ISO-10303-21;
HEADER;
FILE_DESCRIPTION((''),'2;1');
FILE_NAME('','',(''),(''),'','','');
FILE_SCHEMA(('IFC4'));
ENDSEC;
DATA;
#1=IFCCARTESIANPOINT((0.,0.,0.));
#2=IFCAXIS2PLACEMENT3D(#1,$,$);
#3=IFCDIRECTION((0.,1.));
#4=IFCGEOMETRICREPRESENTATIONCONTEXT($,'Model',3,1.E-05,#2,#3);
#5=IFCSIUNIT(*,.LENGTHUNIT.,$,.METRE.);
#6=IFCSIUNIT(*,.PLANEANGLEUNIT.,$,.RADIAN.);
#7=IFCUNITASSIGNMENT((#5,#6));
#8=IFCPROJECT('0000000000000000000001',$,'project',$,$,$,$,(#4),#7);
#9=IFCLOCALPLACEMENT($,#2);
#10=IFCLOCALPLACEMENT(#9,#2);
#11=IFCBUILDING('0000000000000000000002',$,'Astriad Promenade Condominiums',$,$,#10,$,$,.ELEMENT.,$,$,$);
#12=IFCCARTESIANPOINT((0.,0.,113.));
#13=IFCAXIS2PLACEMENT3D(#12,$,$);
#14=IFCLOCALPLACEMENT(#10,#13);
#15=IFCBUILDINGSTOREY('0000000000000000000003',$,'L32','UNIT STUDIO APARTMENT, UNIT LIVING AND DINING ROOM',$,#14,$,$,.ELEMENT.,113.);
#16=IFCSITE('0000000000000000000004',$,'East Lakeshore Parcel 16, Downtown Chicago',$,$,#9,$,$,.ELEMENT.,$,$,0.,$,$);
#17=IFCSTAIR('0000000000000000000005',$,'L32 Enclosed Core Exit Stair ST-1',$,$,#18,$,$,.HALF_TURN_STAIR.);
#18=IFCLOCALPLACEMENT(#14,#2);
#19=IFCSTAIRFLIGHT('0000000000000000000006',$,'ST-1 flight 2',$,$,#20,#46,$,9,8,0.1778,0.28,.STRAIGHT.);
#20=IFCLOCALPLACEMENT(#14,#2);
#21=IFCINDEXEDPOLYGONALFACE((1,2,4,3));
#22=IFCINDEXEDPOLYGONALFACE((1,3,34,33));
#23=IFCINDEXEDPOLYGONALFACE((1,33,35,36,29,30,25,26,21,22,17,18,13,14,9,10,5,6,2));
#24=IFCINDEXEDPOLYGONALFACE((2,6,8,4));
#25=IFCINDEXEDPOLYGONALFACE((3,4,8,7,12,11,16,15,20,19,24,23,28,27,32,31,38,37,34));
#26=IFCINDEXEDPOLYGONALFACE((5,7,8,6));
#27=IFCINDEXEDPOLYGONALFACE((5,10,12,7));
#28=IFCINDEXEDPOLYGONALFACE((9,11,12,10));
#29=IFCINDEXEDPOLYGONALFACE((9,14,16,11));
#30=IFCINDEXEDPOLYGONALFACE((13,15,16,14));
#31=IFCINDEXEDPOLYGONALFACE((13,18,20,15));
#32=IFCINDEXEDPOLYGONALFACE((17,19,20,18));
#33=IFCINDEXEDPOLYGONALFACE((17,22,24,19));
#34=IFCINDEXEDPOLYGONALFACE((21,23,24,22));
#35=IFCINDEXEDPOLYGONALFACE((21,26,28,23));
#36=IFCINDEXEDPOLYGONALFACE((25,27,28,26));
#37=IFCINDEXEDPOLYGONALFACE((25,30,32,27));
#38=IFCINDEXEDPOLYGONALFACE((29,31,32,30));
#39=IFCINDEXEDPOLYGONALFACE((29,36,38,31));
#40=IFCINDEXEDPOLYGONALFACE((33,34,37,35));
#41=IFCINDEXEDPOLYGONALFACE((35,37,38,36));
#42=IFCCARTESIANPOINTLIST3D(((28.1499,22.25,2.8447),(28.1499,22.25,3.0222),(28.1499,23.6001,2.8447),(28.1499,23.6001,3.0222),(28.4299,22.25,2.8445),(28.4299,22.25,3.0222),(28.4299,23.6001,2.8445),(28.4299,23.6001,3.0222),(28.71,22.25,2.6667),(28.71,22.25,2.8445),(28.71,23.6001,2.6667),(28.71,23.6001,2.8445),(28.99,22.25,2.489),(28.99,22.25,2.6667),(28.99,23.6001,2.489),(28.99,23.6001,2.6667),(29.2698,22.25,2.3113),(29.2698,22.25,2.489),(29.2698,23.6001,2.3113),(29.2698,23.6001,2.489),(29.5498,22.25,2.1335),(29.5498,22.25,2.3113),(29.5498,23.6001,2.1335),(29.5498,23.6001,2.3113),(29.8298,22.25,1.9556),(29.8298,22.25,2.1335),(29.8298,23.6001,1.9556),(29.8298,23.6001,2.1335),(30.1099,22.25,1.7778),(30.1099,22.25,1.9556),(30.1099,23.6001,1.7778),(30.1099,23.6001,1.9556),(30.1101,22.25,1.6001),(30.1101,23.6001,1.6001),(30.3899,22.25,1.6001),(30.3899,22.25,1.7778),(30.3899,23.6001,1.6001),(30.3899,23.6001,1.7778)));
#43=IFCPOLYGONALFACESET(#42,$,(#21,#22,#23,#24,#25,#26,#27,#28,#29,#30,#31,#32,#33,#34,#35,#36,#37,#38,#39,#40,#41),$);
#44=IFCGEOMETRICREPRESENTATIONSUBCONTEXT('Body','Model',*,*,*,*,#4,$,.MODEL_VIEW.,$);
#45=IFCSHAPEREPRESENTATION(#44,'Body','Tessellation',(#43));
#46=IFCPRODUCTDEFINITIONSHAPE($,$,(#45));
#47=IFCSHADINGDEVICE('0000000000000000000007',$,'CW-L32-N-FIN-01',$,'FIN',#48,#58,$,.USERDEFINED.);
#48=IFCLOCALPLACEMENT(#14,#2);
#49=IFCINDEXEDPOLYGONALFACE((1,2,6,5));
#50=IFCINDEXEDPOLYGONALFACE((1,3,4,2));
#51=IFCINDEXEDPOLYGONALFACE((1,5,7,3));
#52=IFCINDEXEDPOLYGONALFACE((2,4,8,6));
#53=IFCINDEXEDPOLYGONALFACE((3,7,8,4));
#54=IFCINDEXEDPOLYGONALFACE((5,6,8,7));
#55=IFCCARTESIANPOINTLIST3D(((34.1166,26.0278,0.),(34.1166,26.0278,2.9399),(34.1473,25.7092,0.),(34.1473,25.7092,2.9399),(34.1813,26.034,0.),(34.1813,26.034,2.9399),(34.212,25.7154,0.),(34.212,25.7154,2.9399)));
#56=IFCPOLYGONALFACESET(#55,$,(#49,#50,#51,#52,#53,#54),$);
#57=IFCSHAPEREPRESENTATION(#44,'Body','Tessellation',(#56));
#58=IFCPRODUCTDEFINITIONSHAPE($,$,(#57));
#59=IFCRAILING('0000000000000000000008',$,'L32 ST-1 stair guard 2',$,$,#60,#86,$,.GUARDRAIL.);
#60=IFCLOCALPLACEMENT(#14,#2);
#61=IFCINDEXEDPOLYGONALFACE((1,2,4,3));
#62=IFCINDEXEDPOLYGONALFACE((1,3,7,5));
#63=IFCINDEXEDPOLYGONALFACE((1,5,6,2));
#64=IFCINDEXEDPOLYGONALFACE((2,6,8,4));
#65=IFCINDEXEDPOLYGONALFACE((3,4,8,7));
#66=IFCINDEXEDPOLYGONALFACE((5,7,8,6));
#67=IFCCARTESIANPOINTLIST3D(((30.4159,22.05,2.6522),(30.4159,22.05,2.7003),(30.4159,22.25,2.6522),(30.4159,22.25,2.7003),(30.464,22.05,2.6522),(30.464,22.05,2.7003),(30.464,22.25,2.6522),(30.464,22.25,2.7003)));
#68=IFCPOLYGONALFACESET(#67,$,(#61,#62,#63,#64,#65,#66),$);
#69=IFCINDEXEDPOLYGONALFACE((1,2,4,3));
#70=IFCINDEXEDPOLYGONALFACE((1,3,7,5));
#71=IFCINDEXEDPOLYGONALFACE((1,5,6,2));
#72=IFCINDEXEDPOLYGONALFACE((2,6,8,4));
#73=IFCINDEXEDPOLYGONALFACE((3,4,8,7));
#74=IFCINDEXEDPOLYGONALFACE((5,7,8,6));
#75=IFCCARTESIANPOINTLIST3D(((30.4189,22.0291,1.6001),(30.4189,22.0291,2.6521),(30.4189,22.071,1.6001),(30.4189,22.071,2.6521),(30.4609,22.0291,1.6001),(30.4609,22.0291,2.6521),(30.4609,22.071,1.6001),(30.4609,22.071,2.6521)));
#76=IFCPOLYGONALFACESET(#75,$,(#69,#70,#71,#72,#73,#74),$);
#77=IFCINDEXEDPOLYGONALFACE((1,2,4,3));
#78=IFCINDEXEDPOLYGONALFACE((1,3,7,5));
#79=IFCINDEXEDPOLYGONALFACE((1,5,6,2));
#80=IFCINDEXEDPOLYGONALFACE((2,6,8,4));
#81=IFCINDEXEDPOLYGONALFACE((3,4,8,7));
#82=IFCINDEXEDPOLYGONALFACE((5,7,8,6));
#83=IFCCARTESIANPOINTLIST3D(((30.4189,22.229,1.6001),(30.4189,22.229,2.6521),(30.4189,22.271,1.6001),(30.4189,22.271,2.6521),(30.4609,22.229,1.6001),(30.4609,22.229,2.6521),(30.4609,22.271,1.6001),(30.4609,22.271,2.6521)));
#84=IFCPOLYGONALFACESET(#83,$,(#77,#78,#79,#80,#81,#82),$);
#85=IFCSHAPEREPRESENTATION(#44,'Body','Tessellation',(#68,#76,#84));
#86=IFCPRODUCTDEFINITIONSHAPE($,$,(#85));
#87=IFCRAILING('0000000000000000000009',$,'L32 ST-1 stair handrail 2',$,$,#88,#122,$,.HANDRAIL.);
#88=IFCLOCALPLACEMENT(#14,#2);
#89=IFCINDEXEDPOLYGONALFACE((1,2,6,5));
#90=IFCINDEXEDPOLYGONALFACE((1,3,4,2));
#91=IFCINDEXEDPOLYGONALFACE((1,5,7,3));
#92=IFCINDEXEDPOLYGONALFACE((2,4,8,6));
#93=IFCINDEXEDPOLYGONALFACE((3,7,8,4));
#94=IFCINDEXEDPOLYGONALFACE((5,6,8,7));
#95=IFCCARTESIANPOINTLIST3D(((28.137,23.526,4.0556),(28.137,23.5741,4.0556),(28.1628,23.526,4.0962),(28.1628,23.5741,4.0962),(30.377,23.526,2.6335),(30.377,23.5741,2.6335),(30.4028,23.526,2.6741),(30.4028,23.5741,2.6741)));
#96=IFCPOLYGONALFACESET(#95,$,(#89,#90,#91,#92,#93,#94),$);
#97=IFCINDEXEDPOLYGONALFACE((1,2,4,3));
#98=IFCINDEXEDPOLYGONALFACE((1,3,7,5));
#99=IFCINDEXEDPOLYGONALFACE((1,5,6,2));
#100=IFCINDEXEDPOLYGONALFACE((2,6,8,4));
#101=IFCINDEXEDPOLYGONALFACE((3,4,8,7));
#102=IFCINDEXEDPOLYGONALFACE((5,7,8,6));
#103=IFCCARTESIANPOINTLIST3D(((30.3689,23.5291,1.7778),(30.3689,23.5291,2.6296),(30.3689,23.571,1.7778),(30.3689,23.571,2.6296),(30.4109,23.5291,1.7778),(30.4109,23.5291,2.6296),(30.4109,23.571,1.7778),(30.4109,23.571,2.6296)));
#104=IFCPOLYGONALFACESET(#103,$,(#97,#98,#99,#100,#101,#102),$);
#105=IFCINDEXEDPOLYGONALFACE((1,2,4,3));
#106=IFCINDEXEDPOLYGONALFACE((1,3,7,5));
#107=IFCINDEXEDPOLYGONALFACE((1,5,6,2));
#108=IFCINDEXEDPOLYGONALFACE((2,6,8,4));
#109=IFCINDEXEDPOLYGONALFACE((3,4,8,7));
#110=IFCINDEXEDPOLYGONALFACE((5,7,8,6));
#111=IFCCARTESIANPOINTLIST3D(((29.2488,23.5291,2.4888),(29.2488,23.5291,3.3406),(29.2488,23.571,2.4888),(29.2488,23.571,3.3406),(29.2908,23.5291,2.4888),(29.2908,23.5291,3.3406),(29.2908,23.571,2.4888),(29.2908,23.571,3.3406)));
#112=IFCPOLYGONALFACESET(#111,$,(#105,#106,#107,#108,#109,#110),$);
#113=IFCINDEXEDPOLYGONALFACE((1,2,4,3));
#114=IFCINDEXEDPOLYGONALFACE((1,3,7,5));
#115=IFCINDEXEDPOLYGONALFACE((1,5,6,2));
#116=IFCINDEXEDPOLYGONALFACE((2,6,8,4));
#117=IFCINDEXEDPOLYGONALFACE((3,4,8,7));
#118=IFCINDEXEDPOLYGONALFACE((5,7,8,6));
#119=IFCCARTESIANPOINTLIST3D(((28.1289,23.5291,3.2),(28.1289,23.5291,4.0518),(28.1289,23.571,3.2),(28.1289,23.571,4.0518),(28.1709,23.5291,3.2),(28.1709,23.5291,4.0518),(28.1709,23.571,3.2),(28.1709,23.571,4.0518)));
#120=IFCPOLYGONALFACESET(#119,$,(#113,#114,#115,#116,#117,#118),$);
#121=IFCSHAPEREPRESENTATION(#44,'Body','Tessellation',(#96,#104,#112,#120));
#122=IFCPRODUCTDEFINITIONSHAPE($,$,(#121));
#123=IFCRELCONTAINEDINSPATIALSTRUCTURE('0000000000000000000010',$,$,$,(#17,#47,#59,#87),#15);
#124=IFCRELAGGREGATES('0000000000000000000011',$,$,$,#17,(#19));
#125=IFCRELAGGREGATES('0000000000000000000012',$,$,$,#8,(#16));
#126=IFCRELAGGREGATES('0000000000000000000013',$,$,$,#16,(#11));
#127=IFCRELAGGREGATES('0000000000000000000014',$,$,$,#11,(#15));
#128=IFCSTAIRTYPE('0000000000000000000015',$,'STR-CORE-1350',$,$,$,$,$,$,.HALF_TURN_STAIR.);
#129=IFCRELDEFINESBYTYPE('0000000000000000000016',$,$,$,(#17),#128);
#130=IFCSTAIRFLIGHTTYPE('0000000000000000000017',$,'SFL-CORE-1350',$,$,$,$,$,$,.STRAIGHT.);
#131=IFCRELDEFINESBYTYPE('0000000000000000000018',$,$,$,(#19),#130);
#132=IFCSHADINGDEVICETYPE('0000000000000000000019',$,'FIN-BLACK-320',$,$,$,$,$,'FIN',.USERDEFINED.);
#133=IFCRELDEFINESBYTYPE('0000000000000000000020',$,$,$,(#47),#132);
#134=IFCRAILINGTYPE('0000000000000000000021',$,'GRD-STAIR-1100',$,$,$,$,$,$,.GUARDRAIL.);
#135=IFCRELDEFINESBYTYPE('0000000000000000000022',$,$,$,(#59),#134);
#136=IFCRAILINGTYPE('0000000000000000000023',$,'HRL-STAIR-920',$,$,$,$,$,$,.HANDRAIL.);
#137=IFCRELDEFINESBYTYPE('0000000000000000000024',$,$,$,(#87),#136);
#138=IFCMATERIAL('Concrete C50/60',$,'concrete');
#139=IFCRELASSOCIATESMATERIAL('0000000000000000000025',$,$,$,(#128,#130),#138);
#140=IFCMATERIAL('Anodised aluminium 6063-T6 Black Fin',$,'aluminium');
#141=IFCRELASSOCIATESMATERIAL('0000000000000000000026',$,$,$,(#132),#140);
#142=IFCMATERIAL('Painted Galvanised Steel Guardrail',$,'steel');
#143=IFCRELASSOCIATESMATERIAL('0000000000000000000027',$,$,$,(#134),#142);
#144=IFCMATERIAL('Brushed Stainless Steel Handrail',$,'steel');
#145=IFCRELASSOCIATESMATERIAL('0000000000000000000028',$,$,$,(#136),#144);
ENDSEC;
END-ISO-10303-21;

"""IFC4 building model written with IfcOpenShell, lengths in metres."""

from ifc_helpers import new_model, si_unit, direction, frame, origin, origin_2d, place, context, subcontext, project, spatial, polyline, rectangle, outline, extrude, source, transform, mapped, material, type_object, type_shapes, element, aggregate, save


model = new_model("IFC4")

# Units and contexts
model_context = context("Model", 3, precision=1e-05, world=origin(), true_north=direction((0.0, 1.0)))
body_context = subcontext(model_context, "Body", "Model", "MODEL_VIEW")
ifc_project = project(units=[si_unit("LENGTHUNIT", "METRE"), si_unit("PLANEANGLEUNIT", "RADIAN")], contexts=[model_context])

# Site, building, storey
site_placement = place(None, origin())
site = spatial("IfcSite", under=ifc_project, at=site_placement, Name="East Lakeshore Parcel 16, Downtown Chicago", CompositionType="ELEMENT", RefElevation=0.0)
building_placement = place(site_placement, origin())
building = spatial("IfcBuilding", under=site, at=building_placement, Name="Astriad Promenade Condominiums", CompositionType="ELEMENT")
storey_placement = place(building_placement, frame((0.0, 0.0, 113.0)))
storey = spatial("IfcBuildingStorey", under=building, at=storey_placement, Name="L32", Description="UNIT STUDIO APARTMENT, UNIT LIVING AND DINING ROOM", CompositionType="ELEMENT", Elevation=113.0)

# Shared definitions
ifc_material_1 = material(Name="Concrete C50/60", Category="concrete")

# Stair, stair flight
stair_type = type_object("IfcStairType", Name="STR-CORE-1350", PredefinedType="HALF_TURN_STAIR", material=ifc_material_1)
stair_placement = place(storey_placement, origin())
stair = element("IfcStair", 1, at=stair_placement, inside=storey, type_object=stair_type, Name="L32 Enclosed Core Exit Stair ST-1", PredefinedType="HALF_TURN_STAIR")
stair_flight_type = type_object("IfcStairFlightType", Name="SFL-CORE-1350", PredefinedType="STRAIGHT", material=ifc_material_1)
shared_shape_1 = source(origin(), body_context, "Body", "SweptSolid", [
    extrude(outline(polyline([(0.0, 0.0), (0.0, 0.1777), (0.28, 0.1777), (0.28, 0.3555), (0.5601, 0.3555), (0.5601, 0.5334), (0.8401, 0.5334), (0.8401, 0.7112), (1.1201, 0.7112), (1.1201, 0.8889), (1.3999, 0.8889), (1.3999, 1.0667), (1.6799, 1.0667), (1.6799, 1.2444), (1.96, 1.2444), (1.96, 1.4221), (2.24, 1.4221), (2.24, 1.6001), (2.24, 1.2446), (0.2798, 0.0), (0.0, 0.0)])), frame((0.0, 0.675, 0.0), z_axis=(0.0, -1.0, 0.0), x_axis=(1.0, 0.0, 0.0)), (0.0, 0.0, 1.0), 1.3501),
])
type_shapes(stair_flight_type, [shared_shape_1])
stair_flight_placement = place(storey_placement, frame((30.3899, 22.925, 1.6001), z_axis=(0.0, 0.0, 1.0), x_axis=(-1.0, 0.0, 0.0)))
stair_flight = element("IfcStairFlight", 2, at=stair_flight_placement, type_object=stair_flight_type, Name="ST-1 flight 2", NumberOfRisers=9, NumberOfTreads=8, PredefinedType="STRAIGHT", RiserHeight=0.1778, TreadLength=0.28, context=body_context, shape_type="MappedRepresentation", body=[
    mapped(shared_shape_1, transform((0.0, 0.0, 0.0), scale=1.0)),
])
aggregate(stair, [stair_flight])

# Shading device
ifc_material_2 = material(Name="Anodised aluminium 6063-T6 Black Fin", Category="aluminium")
shading_device_type = type_object("IfcShadingDeviceType", Name="FIN-BLACK-320", ElementType="FIN", PredefinedType="USERDEFINED", material=ifc_material_2)
shared_shape_2 = source(origin(), body_context, "Body", "SweptSolid", [
    extrude(rectangle(XDim=0.0649, YDim=0.3201, at=origin_2d()), origin(), (0.0, 0.0, 1.0), 2.9399),
])
type_shapes(shading_device_type, [shared_shape_2])
shading_device_placement = place(storey_placement, frame((34.1643, 25.8716, 0.0), z_axis=(0.0, 0.0, 1.0), x_axis=(0.995396, 0.095846, 0.0)))
element("IfcShadingDevice", 3, at=shading_device_placement, inside=storey, type_object=shading_device_type, Name="CW-L32-N-FIN-01", ObjectType="FIN", PredefinedType="USERDEFINED", context=body_context, shape_type="MappedRepresentation", body=[
    mapped(shared_shape_2, transform((0.0, 0.0, 0.0), scale=1.0)),
])

# Railings
ifc_material_3 = material(Name="Painted Galvanised Steel Guardrail", Category="steel")
railing_type_1 = type_object("IfcRailingType", Name="GRD-STAIR-1100", PredefinedType="GUARDRAIL", material=ifc_material_3)
shared_shape_3 = source(origin(), body_context, "Body", "SweptSolid", [
    extrude(rectangle(XDim=0.0481, YDim=0.0481, at=origin_2d()), frame((0.0, 0.0, 1.0762), z_axis=(0.0, 1.0, 0.0), x_axis=(-1.0, 0.0, 0.0)), (0.0, 0.0, 1.0), 0.2),
    extrude(rectangle(XDim=0.042, YDim=0.042, at=origin_2d()), origin(), (0.0, 0.0, 1.0), 1.052),
    extrude(rectangle(XDim=0.042, YDim=0.042, at=origin_2d()), frame((0.0, 0.2, 0.0)), (0.0, 0.0, 1.0), 1.052),
])
type_shapes(railing_type_1, [shared_shape_3])
railing_1_placement = place(storey_placement, frame((30.4399, 22.05, 1.6001)))
element("IfcRailing", 4, at=railing_1_placement, inside=storey, type_object=railing_type_1, Name="L32 ST-1 stair guard 2", PredefinedType="GUARDRAIL", context=body_context, shape_type="MappedRepresentation", body=[
    mapped(shared_shape_3, transform((0.0, 0.0, 0.0), scale=1.0)),
])
ifc_material_4 = material(Name="Brushed Stainless Steel Handrail", Category="steel")
railing_type_2 = type_object("IfcRailingType", Name="HRL-STAIR-920", PredefinedType="HANDRAIL", material=ifc_material_4)
shared_shape_4 = source(origin(), body_context, "Body", "SweptSolid", [
    extrude(rectangle(XDim=0.0481, YDim=0.0481, at=origin_2d()), frame((0.0, 0.0, 0.876), z_axis=(-0.844229, 0.0, 0.535982), x_axis=(0.0, -1.0, 0.0)), (0.0, 0.0, 1.0), 2.6533),
    extrude(rectangle(XDim=0.042, YDim=0.042, at=origin_2d()), origin(), (0.0, 0.0, 1.0), 0.8518),
    extrude(rectangle(XDim=0.042, YDim=0.042, at=origin_2d()), frame((-1.1201, 0.0, 0.7109)), (0.0, 0.0, 1.0), 0.8518),
    extrude(rectangle(XDim=0.042, YDim=0.042, at=origin_2d()), frame((-2.24, 0.0, 1.4221)), (0.0, 0.0, 1.0), 0.8518),
])
type_shapes(railing_type_2, [shared_shape_4])
railing_2_placement = place(storey_placement, frame((30.3899, 23.55, 1.7778)))
element("IfcRailing", 5, at=railing_2_placement, inside=storey, type_object=railing_type_2, Name="L32 ST-1 stair handrail 2", PredefinedType="HANDRAIL", context=body_context, shape_type="MappedRepresentation", body=[
    mapped(shared_shape_4, transform((0.0, 0.0, 0.0), scale=1.0)),
])

save(model, "model.ifc")
